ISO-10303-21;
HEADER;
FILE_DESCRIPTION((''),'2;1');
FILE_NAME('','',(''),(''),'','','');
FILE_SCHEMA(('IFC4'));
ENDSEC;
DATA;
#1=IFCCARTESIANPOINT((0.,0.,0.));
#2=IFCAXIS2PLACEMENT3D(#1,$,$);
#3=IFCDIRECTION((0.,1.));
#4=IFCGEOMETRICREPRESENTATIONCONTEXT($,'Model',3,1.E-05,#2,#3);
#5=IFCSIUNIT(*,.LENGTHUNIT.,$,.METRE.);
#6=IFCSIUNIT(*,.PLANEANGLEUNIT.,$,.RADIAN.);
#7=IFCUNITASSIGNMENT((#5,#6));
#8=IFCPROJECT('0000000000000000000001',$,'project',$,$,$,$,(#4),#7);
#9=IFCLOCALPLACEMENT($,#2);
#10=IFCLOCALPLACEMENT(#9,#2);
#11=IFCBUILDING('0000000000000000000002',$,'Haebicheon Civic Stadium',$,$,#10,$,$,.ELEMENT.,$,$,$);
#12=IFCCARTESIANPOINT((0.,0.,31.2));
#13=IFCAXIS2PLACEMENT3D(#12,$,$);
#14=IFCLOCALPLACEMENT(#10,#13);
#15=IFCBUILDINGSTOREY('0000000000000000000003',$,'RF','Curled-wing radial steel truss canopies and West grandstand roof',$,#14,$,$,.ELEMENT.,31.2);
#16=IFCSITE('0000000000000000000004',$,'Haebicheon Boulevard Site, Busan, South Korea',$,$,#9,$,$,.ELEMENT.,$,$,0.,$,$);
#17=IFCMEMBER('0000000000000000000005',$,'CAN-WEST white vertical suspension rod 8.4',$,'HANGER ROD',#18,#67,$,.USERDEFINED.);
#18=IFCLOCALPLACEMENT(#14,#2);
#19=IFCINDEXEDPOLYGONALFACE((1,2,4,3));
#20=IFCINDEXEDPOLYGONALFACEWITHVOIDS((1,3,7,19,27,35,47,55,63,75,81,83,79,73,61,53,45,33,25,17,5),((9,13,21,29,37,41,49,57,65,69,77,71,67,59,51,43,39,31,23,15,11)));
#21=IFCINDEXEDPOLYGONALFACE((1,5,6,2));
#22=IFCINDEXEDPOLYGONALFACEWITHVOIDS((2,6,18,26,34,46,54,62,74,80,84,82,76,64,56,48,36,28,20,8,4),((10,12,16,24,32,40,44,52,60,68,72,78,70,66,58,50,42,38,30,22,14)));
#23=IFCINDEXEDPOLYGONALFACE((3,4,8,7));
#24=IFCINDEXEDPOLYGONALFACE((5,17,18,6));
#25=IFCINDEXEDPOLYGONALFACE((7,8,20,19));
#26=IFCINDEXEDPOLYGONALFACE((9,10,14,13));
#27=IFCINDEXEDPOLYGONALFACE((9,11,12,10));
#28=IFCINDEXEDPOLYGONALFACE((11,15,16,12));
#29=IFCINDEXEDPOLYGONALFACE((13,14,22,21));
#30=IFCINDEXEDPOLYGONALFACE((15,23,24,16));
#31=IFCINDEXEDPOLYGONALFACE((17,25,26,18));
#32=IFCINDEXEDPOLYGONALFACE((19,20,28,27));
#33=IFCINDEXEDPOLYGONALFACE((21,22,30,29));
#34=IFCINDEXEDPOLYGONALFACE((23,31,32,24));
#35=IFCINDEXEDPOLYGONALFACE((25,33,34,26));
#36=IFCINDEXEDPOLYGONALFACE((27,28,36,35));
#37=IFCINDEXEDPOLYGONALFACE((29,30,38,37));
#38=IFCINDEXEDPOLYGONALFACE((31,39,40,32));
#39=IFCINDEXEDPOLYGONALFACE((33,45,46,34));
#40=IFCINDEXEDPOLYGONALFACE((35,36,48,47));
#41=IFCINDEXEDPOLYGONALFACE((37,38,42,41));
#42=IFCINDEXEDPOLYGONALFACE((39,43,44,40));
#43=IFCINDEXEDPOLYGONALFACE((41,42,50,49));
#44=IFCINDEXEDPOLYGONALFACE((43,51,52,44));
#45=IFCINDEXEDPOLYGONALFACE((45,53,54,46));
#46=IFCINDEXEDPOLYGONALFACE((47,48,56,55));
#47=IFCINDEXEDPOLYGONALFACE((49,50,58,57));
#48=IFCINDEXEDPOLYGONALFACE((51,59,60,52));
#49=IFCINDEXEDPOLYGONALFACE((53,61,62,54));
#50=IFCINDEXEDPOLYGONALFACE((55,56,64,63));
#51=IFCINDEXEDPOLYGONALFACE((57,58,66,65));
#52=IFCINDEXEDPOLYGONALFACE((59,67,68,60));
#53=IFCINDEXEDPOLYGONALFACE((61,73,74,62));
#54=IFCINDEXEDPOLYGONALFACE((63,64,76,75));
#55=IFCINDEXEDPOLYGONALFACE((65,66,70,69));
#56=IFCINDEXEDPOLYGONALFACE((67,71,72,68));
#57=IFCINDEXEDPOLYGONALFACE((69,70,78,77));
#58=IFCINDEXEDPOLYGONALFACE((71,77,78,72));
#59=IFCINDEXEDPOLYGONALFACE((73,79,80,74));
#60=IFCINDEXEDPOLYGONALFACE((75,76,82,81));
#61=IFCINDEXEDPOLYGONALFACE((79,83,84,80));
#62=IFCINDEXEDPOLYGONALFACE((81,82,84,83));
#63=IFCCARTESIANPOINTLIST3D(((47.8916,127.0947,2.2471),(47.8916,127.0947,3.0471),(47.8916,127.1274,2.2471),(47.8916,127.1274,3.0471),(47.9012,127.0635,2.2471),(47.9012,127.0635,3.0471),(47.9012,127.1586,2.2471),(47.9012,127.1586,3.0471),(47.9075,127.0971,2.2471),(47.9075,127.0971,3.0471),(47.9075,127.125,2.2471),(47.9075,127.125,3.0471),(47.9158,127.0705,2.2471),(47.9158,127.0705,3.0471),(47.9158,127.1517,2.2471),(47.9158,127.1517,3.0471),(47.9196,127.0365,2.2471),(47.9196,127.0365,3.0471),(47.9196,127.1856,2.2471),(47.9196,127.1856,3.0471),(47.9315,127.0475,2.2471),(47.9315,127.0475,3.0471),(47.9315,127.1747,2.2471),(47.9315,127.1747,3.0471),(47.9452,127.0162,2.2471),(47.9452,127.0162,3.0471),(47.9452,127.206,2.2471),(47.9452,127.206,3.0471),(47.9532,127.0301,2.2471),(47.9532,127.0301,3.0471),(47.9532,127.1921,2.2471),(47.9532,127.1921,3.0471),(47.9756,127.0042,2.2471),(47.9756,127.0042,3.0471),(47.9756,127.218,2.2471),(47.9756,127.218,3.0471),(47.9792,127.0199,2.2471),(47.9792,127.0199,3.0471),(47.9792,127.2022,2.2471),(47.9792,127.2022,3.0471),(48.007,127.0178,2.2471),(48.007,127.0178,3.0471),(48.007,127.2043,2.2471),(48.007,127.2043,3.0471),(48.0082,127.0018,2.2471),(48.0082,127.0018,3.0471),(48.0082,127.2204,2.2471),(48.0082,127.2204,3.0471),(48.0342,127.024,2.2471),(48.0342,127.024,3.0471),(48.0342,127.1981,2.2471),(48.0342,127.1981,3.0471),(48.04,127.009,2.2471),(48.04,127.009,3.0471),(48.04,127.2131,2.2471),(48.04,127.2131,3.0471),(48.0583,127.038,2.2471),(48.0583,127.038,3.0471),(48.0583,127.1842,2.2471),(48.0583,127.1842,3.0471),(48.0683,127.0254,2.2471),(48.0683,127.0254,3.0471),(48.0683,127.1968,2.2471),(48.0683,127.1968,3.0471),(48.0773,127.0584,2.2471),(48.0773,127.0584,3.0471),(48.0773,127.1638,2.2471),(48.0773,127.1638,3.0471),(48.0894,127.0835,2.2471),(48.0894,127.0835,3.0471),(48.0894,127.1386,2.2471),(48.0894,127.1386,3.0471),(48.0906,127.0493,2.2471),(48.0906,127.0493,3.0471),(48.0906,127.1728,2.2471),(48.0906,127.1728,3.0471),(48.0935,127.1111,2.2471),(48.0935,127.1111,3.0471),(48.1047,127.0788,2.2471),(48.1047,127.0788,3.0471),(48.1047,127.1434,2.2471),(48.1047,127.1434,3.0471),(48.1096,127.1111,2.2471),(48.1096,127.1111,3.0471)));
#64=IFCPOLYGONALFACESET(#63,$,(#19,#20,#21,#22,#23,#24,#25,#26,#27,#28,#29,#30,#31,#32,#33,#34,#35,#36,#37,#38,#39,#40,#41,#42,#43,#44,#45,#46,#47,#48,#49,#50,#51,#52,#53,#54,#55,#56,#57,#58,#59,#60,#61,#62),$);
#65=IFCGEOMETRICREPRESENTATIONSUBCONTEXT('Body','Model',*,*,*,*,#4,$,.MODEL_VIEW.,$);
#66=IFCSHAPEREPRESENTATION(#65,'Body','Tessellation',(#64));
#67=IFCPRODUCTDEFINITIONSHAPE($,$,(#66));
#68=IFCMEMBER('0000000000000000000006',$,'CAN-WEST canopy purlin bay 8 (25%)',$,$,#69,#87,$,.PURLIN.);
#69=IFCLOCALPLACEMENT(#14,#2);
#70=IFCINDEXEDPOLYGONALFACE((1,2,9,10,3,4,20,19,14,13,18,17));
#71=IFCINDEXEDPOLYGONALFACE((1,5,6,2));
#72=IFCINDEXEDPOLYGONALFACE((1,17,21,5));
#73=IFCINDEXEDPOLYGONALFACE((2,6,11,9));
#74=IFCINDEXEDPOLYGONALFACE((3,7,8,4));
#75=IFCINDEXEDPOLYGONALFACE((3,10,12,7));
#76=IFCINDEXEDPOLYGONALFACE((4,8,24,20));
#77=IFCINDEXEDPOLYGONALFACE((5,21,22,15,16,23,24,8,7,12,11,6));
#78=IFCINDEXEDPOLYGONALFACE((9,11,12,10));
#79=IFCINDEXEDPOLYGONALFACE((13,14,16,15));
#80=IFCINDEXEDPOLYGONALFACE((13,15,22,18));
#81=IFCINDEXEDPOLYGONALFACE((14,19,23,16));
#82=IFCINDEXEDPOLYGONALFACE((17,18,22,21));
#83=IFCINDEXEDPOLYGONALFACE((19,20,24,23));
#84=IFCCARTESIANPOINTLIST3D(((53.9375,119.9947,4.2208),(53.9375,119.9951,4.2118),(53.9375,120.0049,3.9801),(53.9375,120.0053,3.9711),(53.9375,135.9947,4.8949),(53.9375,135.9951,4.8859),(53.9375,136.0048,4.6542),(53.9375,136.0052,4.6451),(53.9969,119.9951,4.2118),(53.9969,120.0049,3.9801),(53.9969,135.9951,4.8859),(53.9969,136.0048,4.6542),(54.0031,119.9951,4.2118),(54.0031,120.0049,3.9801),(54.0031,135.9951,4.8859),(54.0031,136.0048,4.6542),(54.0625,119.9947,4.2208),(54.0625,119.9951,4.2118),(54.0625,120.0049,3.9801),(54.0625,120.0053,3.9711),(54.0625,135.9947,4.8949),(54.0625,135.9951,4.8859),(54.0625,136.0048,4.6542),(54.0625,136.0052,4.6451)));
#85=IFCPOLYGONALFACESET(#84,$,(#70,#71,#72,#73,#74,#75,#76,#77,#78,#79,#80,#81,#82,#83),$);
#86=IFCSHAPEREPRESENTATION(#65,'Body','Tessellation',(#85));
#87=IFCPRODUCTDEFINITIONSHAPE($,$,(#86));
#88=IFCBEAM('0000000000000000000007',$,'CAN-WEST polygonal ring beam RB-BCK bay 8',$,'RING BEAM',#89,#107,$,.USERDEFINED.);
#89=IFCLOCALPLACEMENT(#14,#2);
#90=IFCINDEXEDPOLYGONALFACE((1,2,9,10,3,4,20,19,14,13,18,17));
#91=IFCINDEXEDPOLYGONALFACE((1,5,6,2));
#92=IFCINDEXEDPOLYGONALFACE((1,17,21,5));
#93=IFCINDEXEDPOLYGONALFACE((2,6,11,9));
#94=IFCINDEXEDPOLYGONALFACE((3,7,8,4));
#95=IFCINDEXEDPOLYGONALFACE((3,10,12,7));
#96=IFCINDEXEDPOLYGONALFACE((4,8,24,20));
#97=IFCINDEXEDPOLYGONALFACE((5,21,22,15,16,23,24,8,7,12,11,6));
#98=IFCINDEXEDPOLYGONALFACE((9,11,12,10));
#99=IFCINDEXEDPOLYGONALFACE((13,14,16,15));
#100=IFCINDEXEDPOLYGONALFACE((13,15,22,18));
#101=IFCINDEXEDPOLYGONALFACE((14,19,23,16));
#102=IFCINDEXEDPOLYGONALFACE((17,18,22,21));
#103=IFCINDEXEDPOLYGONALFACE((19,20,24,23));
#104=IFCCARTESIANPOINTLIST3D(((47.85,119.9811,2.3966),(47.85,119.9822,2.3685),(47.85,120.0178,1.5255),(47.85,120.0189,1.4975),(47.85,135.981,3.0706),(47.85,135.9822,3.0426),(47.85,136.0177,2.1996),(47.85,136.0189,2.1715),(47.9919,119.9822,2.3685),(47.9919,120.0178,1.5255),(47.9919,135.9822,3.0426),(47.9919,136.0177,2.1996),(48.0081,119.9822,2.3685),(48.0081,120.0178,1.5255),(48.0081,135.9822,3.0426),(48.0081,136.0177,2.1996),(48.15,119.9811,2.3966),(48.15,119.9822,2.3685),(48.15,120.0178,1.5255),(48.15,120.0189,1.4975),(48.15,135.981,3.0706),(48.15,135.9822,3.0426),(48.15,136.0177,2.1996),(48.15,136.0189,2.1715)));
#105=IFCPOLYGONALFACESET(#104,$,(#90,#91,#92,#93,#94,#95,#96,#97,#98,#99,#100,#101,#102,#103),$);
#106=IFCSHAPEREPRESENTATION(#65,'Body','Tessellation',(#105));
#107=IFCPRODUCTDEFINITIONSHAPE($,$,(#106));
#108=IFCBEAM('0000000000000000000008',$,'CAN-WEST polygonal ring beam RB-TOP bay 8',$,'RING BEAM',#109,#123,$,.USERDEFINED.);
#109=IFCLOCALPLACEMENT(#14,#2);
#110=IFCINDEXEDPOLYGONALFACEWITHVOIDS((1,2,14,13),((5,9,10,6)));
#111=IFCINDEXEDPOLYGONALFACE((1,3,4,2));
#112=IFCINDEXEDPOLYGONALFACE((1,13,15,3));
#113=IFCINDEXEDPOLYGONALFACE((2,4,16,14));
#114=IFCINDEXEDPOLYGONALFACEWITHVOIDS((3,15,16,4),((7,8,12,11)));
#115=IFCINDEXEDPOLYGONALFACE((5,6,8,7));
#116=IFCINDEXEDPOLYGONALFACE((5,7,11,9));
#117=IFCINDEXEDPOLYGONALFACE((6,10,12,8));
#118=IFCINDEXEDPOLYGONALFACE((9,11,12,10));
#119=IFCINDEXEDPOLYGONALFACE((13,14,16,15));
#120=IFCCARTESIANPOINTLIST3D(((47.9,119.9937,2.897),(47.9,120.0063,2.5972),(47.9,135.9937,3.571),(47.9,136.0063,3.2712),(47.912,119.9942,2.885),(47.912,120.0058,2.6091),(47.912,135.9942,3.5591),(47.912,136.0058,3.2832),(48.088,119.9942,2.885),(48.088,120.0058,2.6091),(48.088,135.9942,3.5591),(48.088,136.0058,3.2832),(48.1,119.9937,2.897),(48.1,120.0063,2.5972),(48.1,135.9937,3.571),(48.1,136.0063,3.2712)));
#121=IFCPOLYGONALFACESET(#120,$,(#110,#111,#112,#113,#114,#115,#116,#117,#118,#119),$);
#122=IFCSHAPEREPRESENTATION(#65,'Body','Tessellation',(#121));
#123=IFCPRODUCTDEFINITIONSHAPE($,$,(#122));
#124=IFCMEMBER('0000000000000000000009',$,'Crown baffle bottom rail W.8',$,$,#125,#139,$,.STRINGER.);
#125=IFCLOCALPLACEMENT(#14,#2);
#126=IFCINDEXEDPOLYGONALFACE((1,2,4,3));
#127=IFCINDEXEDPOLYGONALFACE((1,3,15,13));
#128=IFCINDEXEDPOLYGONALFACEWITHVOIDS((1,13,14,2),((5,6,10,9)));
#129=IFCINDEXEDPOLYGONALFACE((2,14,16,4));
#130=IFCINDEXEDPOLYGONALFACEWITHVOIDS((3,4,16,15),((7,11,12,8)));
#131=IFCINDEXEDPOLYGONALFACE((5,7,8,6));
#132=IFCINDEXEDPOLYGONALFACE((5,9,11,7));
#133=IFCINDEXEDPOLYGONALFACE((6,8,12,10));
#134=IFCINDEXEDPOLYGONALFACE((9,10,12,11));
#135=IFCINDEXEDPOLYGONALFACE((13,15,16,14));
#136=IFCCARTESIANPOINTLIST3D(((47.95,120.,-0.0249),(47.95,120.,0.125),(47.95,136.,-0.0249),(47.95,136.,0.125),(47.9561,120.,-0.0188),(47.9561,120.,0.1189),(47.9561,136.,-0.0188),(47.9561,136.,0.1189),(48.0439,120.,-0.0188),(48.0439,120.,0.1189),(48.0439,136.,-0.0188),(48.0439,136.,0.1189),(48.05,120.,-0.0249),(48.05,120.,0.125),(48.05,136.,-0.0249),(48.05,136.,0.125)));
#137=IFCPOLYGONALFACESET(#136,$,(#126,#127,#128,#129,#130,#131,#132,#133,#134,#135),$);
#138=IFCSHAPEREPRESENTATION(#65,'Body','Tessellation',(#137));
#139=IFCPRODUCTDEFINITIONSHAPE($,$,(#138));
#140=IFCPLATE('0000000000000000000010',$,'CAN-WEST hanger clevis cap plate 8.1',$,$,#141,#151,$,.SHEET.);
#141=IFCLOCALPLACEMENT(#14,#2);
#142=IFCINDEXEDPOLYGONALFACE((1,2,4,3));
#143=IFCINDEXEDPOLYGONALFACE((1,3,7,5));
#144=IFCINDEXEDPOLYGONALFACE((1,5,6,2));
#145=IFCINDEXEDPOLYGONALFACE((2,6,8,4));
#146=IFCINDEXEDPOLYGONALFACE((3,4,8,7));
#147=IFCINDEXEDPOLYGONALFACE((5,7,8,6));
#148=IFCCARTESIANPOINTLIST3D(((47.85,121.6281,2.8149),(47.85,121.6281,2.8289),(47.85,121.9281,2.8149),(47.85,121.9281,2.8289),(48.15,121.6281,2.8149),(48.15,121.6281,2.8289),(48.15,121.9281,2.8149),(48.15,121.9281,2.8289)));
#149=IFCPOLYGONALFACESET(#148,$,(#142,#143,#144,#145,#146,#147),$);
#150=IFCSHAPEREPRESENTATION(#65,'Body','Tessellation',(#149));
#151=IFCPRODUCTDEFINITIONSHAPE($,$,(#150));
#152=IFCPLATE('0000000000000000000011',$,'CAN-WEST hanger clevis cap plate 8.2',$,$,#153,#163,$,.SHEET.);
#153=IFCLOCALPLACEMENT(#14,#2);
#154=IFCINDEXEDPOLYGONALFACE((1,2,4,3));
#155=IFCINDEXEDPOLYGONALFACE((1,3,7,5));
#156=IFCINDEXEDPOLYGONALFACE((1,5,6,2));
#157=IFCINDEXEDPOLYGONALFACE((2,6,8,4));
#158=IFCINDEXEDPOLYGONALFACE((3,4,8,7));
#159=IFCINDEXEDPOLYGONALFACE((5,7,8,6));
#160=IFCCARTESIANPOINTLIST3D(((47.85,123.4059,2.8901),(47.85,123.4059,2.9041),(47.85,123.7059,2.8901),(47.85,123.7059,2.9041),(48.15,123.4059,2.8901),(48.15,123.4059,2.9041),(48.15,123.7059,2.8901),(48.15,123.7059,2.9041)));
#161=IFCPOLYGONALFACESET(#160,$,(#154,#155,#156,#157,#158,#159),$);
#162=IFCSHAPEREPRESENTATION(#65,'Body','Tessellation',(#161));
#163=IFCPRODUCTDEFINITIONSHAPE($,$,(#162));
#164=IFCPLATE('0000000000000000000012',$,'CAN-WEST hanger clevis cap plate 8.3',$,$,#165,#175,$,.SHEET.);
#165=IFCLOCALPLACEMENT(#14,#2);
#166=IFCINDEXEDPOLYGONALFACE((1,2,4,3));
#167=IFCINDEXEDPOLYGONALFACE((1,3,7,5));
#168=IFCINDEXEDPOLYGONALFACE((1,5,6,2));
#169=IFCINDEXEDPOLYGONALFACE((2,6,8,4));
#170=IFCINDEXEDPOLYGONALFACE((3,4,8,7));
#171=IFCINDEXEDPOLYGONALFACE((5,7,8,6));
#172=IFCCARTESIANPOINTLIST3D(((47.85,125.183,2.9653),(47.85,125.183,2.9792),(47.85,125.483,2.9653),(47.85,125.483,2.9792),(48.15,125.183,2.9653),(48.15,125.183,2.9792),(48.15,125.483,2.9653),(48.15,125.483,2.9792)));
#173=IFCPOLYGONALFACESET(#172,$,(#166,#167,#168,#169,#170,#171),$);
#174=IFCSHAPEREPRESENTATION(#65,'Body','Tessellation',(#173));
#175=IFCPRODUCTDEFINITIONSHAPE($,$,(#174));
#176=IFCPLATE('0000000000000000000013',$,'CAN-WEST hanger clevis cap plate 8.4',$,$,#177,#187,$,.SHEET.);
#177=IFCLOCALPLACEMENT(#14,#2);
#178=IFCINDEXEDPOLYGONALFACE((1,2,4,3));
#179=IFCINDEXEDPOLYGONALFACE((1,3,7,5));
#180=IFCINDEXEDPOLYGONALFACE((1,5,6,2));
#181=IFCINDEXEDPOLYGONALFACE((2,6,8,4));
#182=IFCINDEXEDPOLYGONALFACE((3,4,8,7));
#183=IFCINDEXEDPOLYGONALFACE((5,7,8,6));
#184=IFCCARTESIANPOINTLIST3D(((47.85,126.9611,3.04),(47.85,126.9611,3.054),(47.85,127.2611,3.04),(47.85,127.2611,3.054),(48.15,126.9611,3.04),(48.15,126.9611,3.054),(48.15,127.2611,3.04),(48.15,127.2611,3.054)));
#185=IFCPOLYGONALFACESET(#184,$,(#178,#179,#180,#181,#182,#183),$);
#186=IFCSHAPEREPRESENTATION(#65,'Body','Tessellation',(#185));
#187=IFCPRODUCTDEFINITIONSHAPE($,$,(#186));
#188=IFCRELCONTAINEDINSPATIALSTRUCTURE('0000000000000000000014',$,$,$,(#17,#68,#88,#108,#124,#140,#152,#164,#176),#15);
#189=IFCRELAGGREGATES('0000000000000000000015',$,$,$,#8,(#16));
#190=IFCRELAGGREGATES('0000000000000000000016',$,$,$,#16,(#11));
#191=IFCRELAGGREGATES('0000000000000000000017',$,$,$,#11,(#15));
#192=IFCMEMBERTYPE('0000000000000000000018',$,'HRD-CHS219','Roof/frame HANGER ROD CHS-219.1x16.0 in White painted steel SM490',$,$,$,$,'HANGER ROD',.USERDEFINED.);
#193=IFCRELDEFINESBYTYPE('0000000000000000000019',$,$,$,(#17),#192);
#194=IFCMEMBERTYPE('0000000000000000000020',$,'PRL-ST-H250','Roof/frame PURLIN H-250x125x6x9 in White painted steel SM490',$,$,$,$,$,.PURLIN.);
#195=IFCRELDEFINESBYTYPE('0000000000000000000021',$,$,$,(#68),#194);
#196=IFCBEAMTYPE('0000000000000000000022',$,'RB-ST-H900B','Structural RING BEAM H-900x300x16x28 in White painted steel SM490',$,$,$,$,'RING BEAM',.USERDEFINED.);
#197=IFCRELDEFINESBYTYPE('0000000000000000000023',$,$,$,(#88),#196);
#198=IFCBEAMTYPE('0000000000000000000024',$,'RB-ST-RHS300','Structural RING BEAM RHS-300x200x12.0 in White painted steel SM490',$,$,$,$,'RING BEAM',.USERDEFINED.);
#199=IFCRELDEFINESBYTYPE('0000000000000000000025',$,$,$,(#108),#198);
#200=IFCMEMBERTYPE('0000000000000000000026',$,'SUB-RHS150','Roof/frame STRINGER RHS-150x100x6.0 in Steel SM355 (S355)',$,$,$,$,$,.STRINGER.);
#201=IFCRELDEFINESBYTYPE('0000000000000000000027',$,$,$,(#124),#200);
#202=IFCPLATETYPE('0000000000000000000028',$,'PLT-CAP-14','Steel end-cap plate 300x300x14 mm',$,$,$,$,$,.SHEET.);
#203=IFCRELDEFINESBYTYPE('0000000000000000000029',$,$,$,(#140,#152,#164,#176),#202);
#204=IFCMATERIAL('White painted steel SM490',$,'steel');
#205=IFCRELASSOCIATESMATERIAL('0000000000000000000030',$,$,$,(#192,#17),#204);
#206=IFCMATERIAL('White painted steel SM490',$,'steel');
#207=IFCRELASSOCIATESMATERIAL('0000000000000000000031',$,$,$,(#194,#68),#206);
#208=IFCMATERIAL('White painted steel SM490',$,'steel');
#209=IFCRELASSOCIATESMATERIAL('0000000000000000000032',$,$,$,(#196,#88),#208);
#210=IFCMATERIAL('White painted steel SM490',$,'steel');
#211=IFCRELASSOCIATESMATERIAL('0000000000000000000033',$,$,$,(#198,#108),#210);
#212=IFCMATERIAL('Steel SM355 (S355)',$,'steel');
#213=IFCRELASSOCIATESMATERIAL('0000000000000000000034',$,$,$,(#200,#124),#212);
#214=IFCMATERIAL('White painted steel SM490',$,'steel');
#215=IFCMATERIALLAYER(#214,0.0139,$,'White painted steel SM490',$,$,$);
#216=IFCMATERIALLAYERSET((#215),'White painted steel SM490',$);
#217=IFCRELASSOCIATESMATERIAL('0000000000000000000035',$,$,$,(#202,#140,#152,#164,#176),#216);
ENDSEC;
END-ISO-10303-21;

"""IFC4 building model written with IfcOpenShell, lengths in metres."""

from ifc_helpers import new_model, si_unit, direction, frame, origin, origin_2d, place, context, subcontext, project, spatial, rectangle, hollow_rectangle, hollow_circle, i_section, extrude, material, layer, layer_set, material_profile, profile_set, type_object, element, save


model = new_model("IFC4")

# Units and contexts
model_context = context("Model", 3, precision=1e-05, world=origin(), true_north=direction((0.0, 1.0)))
body_context = subcontext(model_context, "Body", "Model", "MODEL_VIEW")
ifc_project = project(units=[si_unit("LENGTHUNIT", "METRE"), si_unit("PLANEANGLEUNIT", "RADIAN")], contexts=[model_context])

# Site, building, storey
site_placement = place(None, origin())
site = spatial("IfcSite", under=ifc_project, at=site_placement, Name="Haebicheon Boulevard Site, Busan, South Korea", CompositionType="ELEMENT", RefElevation=0.0)
building_placement = place(site_placement, origin())
building = spatial("IfcBuilding", under=site, at=building_placement, Name="Haebicheon Civic Stadium", CompositionType="ELEMENT")
storey_placement = place(building_placement, frame((0.0, 0.0, 31.2)))
storey = spatial("IfcBuildingStorey", under=building, at=storey_placement, Name="RF", Description="Curled-wing radial steel truss canopies and West grandstand roof", CompositionType="ELEMENT", Elevation=31.2)

# Members
ifc_material_1 = material(Name="White painted steel SM490", Category="steel")
ifc_material_profile_1 = material_profile(ifc_material_1, hollow_circle(Radius=0.1096, WallThickness=0.0161, at=origin_2d()), Name="CHS-219.1x16.0")
ifc_profile_set_1 = profile_set([ifc_material_profile_1], Name="White painted steel SM490")
member_type_1 = type_object("IfcMemberType", Name="HRD-CHS219", Description="Roof/frame HANGER ROD CHS-219.1x16.0 in White painted steel SM490", ElementType="HANGER ROD", PredefinedType="USERDEFINED", material=ifc_profile_set_1)
for number, where, z_axis, x_axis, name in (
    (1, (48.0, 127.1111, 2.2471), (0.0, 0.0, 1.0), (1.0, 0.0, 0.0), "CAN-WEST white vertical suspension rod 8.4"),
):
    element("IfcMember", number, at=place(storey_placement, frame(where, z_axis=z_axis, x_axis=x_axis)), inside=storey, type_object=member_type_1, material=ifc_profile_set_1, Name=name, ObjectType="HANGER ROD", PredefinedType="USERDEFINED", context=body_context, shape_type="SweptSolid", body=[
        extrude(hollow_circle(Radius=0.1096, WallThickness=0.0161, at=origin_2d()), origin(), (0.0, 0.0, 1.0), 0.8),
    ])
ifc_material_2 = material(Name="White painted steel SM490", Category="steel")
ifc_material_profile_2 = material_profile(ifc_material_2, i_section(OverallWidth=0.125, OverallDepth=0.25, WebThickness=0.0061, FlangeThickness=0.009, at=origin_2d()), Name="H-250x125x6x9")
ifc_profile_set_2 = profile_set([ifc_material_profile_2], Name="White painted steel SM490")
member_type_2 = type_object("IfcMemberType", Name="PRL-ST-H250", Description="Roof/frame PURLIN H-250x125x6x9 in White painted steel SM490", PredefinedType="PURLIN", material=ifc_profile_set_2)
member_1_placement = place(storey_placement, frame((54.0, 120.0, 4.0959), z_axis=(0.0, 0.999114, 0.042092), x_axis=(-1.0, 0.0, 0.0)))
element("IfcMember", 2, at=member_1_placement, inside=storey, type_object=member_type_2, material=ifc_profile_set_2, Name="CAN-WEST canopy purlin bay 8 (25%)", PredefinedType="PURLIN", context=body_context, shape_type="SweptSolid", body=[
    extrude(i_section(OverallWidth=0.125, OverallDepth=0.25, WebThickness=0.0061, FlangeThickness=0.009, at=origin_2d()), origin(), (0.0, 0.0, 1.0), 16.0142),
])

# Beams
ifc_material_3 = material(Name="White painted steel SM490", Category="steel")
ifc_material_profile_3 = material_profile(ifc_material_3, i_section(OverallWidth=0.3, OverallDepth=0.8999, WebThickness=0.0161, FlangeThickness=0.0281, at=origin_2d()), Name="H-900x300x16x28")
ifc_profile_set_3 = profile_set([ifc_material_profile_3], Name="White painted steel SM490")
beam_type_1 = type_object("IfcBeamType", Name="RB-ST-H900B", Description="Structural RING BEAM H-900x300x16x28 in White painted steel SM490", ElementType="RING BEAM", PredefinedType="USERDEFINED", material=ifc_profile_set_3)
beam_1_placement = place(storey_placement, frame((48.0, 120.0, 1.947), z_axis=(0.0, 0.999114, 0.042092), x_axis=(-1.0, 0.0, 0.0)))
element("IfcBeam", 3, at=beam_1_placement, inside=storey, type_object=beam_type_1, material=ifc_profile_set_3, Name="CAN-WEST polygonal ring beam RB-BCK bay 8", ObjectType="RING BEAM", PredefinedType="USERDEFINED", context=body_context, shape_type="SweptSolid", body=[
    extrude(i_section(OverallWidth=0.3, OverallDepth=0.8999, WebThickness=0.0161, FlangeThickness=0.0281, at=origin_2d()), origin(), (0.0, 0.0, 1.0), 16.0142),
])
ifc_material_4 = material(Name="White painted steel SM490", Category="steel")
ifc_material_profile_4 = material_profile(ifc_material_4, hollow_rectangle(XDim=0.2, YDim=0.3, WallThickness=0.012, at=origin_2d()), Name="RHS-300x200x12.0")
ifc_profile_set_4 = profile_set([ifc_material_profile_4], Name="White painted steel SM490")
beam_type_2 = type_object("IfcBeamType", Name="RB-ST-RHS300", Description="Structural RING BEAM RHS-300x200x12.0 in White painted steel SM490", ElementType="RING BEAM", PredefinedType="USERDEFINED", material=ifc_profile_set_4)
beam_2_placement = place(storey_placement, frame((48.0, 120.0, 2.7471), z_axis=(0.0, 0.999114, 0.042092), x_axis=(-1.0, 0.0, 0.0)))
element("IfcBeam", 4, at=beam_2_placement, inside=storey, type_object=beam_type_2, material=ifc_profile_set_4, Name="CAN-WEST polygonal ring beam RB-TOP bay 8", ObjectType="RING BEAM", PredefinedType="USERDEFINED", context=body_context, shape_type="SweptSolid", body=[
    extrude(hollow_rectangle(XDim=0.2, YDim=0.3, WallThickness=0.012, at=origin_2d()), origin(), (0.0, 0.0, 1.0), 16.0142),
])

# Member
ifc_material_5 = material(Name="Steel SM355 (S355)", Category="steel")
ifc_material_profile_5 = material_profile(ifc_material_5, hollow_rectangle(XDim=0.1001, YDim=0.1499, WallThickness=0.0061, at=origin_2d()), Name="RHS-150x100x6.0")
ifc_profile_set_5 = profile_set([ifc_material_profile_5], Name="Steel SM355 (S355)")
member_type_3 = type_object("IfcMemberType", Name="SUB-RHS150", Description="Roof/frame STRINGER RHS-150x100x6.0 in Steel SM355 (S355)", PredefinedType="STRINGER", material=ifc_profile_set_5)
member_2_placement = place(storey_placement, frame((48.0, 120.0, 0.05), z_axis=(0.0, 1.0, 0.0), x_axis=(-1.0, 0.0, 0.0)))
element("IfcMember", 5, at=member_2_placement, inside=storey, type_object=member_type_3, material=ifc_profile_set_5, Name="Crown baffle bottom rail W.8", PredefinedType="STRINGER", context=body_context, shape_type="SweptSolid", body=[
    extrude(hollow_rectangle(XDim=0.1001, YDim=0.1499, WallThickness=0.0061, at=origin_2d()), origin(), (0.0, 0.0, 1.0), 16.0),
])

# Plates
ifc_material_6 = material(Name="White painted steel SM490", Category="steel")
ifc_layer_1 = layer(ifc_material_6, 0.0139, Name="White painted steel SM490")
ifc_layer_set_1 = layer_set([ifc_layer_1], Name="White painted steel SM490")
plate_type = type_object("IfcPlateType", Name="PLT-CAP-14", Description="Steel end-cap plate 300x300x14 mm", PredefinedType="SHEET", material=ifc_layer_set_1)
for number, where, z_axis, x_axis, name in (
    (6, (48.0, 121.7781, 2.8149), (0.0, 0.0, 1.0), (1.0, 0.0, 0.0), "CAN-WEST hanger clevis cap plate 8.1"),
    (7, (48.0, 123.5559, 2.8901), (0.0, 0.0, 1.0), (1.0, 0.0, 0.0), "CAN-WEST hanger clevis cap plate 8.2"),
    (8, (48.0, 125.333, 2.9653), (0.0, 0.0, 1.0), (1.0, 0.0, 0.0), "CAN-WEST hanger clevis cap plate 8.3"),
    (9, (48.0, 127.1111, 3.04), (0.0, 0.0, 1.0), (1.0, 0.0, 0.0), "CAN-WEST hanger clevis cap plate 8.4"),
):
    element("IfcPlate", number, at=place(storey_placement, frame(where, z_axis=z_axis, x_axis=x_axis)), inside=storey, type_object=plate_type, material=ifc_layer_set_1, Name=name, PredefinedType="SHEET", context=body_context, shape_type="SweptSolid", body=[
        extrude(rectangle(XDim=0.3, YDim=0.3, at=origin_2d()), origin(), (0.0, 0.0, 1.0), 0.0139),
    ])

save(model, "model.ifc")
